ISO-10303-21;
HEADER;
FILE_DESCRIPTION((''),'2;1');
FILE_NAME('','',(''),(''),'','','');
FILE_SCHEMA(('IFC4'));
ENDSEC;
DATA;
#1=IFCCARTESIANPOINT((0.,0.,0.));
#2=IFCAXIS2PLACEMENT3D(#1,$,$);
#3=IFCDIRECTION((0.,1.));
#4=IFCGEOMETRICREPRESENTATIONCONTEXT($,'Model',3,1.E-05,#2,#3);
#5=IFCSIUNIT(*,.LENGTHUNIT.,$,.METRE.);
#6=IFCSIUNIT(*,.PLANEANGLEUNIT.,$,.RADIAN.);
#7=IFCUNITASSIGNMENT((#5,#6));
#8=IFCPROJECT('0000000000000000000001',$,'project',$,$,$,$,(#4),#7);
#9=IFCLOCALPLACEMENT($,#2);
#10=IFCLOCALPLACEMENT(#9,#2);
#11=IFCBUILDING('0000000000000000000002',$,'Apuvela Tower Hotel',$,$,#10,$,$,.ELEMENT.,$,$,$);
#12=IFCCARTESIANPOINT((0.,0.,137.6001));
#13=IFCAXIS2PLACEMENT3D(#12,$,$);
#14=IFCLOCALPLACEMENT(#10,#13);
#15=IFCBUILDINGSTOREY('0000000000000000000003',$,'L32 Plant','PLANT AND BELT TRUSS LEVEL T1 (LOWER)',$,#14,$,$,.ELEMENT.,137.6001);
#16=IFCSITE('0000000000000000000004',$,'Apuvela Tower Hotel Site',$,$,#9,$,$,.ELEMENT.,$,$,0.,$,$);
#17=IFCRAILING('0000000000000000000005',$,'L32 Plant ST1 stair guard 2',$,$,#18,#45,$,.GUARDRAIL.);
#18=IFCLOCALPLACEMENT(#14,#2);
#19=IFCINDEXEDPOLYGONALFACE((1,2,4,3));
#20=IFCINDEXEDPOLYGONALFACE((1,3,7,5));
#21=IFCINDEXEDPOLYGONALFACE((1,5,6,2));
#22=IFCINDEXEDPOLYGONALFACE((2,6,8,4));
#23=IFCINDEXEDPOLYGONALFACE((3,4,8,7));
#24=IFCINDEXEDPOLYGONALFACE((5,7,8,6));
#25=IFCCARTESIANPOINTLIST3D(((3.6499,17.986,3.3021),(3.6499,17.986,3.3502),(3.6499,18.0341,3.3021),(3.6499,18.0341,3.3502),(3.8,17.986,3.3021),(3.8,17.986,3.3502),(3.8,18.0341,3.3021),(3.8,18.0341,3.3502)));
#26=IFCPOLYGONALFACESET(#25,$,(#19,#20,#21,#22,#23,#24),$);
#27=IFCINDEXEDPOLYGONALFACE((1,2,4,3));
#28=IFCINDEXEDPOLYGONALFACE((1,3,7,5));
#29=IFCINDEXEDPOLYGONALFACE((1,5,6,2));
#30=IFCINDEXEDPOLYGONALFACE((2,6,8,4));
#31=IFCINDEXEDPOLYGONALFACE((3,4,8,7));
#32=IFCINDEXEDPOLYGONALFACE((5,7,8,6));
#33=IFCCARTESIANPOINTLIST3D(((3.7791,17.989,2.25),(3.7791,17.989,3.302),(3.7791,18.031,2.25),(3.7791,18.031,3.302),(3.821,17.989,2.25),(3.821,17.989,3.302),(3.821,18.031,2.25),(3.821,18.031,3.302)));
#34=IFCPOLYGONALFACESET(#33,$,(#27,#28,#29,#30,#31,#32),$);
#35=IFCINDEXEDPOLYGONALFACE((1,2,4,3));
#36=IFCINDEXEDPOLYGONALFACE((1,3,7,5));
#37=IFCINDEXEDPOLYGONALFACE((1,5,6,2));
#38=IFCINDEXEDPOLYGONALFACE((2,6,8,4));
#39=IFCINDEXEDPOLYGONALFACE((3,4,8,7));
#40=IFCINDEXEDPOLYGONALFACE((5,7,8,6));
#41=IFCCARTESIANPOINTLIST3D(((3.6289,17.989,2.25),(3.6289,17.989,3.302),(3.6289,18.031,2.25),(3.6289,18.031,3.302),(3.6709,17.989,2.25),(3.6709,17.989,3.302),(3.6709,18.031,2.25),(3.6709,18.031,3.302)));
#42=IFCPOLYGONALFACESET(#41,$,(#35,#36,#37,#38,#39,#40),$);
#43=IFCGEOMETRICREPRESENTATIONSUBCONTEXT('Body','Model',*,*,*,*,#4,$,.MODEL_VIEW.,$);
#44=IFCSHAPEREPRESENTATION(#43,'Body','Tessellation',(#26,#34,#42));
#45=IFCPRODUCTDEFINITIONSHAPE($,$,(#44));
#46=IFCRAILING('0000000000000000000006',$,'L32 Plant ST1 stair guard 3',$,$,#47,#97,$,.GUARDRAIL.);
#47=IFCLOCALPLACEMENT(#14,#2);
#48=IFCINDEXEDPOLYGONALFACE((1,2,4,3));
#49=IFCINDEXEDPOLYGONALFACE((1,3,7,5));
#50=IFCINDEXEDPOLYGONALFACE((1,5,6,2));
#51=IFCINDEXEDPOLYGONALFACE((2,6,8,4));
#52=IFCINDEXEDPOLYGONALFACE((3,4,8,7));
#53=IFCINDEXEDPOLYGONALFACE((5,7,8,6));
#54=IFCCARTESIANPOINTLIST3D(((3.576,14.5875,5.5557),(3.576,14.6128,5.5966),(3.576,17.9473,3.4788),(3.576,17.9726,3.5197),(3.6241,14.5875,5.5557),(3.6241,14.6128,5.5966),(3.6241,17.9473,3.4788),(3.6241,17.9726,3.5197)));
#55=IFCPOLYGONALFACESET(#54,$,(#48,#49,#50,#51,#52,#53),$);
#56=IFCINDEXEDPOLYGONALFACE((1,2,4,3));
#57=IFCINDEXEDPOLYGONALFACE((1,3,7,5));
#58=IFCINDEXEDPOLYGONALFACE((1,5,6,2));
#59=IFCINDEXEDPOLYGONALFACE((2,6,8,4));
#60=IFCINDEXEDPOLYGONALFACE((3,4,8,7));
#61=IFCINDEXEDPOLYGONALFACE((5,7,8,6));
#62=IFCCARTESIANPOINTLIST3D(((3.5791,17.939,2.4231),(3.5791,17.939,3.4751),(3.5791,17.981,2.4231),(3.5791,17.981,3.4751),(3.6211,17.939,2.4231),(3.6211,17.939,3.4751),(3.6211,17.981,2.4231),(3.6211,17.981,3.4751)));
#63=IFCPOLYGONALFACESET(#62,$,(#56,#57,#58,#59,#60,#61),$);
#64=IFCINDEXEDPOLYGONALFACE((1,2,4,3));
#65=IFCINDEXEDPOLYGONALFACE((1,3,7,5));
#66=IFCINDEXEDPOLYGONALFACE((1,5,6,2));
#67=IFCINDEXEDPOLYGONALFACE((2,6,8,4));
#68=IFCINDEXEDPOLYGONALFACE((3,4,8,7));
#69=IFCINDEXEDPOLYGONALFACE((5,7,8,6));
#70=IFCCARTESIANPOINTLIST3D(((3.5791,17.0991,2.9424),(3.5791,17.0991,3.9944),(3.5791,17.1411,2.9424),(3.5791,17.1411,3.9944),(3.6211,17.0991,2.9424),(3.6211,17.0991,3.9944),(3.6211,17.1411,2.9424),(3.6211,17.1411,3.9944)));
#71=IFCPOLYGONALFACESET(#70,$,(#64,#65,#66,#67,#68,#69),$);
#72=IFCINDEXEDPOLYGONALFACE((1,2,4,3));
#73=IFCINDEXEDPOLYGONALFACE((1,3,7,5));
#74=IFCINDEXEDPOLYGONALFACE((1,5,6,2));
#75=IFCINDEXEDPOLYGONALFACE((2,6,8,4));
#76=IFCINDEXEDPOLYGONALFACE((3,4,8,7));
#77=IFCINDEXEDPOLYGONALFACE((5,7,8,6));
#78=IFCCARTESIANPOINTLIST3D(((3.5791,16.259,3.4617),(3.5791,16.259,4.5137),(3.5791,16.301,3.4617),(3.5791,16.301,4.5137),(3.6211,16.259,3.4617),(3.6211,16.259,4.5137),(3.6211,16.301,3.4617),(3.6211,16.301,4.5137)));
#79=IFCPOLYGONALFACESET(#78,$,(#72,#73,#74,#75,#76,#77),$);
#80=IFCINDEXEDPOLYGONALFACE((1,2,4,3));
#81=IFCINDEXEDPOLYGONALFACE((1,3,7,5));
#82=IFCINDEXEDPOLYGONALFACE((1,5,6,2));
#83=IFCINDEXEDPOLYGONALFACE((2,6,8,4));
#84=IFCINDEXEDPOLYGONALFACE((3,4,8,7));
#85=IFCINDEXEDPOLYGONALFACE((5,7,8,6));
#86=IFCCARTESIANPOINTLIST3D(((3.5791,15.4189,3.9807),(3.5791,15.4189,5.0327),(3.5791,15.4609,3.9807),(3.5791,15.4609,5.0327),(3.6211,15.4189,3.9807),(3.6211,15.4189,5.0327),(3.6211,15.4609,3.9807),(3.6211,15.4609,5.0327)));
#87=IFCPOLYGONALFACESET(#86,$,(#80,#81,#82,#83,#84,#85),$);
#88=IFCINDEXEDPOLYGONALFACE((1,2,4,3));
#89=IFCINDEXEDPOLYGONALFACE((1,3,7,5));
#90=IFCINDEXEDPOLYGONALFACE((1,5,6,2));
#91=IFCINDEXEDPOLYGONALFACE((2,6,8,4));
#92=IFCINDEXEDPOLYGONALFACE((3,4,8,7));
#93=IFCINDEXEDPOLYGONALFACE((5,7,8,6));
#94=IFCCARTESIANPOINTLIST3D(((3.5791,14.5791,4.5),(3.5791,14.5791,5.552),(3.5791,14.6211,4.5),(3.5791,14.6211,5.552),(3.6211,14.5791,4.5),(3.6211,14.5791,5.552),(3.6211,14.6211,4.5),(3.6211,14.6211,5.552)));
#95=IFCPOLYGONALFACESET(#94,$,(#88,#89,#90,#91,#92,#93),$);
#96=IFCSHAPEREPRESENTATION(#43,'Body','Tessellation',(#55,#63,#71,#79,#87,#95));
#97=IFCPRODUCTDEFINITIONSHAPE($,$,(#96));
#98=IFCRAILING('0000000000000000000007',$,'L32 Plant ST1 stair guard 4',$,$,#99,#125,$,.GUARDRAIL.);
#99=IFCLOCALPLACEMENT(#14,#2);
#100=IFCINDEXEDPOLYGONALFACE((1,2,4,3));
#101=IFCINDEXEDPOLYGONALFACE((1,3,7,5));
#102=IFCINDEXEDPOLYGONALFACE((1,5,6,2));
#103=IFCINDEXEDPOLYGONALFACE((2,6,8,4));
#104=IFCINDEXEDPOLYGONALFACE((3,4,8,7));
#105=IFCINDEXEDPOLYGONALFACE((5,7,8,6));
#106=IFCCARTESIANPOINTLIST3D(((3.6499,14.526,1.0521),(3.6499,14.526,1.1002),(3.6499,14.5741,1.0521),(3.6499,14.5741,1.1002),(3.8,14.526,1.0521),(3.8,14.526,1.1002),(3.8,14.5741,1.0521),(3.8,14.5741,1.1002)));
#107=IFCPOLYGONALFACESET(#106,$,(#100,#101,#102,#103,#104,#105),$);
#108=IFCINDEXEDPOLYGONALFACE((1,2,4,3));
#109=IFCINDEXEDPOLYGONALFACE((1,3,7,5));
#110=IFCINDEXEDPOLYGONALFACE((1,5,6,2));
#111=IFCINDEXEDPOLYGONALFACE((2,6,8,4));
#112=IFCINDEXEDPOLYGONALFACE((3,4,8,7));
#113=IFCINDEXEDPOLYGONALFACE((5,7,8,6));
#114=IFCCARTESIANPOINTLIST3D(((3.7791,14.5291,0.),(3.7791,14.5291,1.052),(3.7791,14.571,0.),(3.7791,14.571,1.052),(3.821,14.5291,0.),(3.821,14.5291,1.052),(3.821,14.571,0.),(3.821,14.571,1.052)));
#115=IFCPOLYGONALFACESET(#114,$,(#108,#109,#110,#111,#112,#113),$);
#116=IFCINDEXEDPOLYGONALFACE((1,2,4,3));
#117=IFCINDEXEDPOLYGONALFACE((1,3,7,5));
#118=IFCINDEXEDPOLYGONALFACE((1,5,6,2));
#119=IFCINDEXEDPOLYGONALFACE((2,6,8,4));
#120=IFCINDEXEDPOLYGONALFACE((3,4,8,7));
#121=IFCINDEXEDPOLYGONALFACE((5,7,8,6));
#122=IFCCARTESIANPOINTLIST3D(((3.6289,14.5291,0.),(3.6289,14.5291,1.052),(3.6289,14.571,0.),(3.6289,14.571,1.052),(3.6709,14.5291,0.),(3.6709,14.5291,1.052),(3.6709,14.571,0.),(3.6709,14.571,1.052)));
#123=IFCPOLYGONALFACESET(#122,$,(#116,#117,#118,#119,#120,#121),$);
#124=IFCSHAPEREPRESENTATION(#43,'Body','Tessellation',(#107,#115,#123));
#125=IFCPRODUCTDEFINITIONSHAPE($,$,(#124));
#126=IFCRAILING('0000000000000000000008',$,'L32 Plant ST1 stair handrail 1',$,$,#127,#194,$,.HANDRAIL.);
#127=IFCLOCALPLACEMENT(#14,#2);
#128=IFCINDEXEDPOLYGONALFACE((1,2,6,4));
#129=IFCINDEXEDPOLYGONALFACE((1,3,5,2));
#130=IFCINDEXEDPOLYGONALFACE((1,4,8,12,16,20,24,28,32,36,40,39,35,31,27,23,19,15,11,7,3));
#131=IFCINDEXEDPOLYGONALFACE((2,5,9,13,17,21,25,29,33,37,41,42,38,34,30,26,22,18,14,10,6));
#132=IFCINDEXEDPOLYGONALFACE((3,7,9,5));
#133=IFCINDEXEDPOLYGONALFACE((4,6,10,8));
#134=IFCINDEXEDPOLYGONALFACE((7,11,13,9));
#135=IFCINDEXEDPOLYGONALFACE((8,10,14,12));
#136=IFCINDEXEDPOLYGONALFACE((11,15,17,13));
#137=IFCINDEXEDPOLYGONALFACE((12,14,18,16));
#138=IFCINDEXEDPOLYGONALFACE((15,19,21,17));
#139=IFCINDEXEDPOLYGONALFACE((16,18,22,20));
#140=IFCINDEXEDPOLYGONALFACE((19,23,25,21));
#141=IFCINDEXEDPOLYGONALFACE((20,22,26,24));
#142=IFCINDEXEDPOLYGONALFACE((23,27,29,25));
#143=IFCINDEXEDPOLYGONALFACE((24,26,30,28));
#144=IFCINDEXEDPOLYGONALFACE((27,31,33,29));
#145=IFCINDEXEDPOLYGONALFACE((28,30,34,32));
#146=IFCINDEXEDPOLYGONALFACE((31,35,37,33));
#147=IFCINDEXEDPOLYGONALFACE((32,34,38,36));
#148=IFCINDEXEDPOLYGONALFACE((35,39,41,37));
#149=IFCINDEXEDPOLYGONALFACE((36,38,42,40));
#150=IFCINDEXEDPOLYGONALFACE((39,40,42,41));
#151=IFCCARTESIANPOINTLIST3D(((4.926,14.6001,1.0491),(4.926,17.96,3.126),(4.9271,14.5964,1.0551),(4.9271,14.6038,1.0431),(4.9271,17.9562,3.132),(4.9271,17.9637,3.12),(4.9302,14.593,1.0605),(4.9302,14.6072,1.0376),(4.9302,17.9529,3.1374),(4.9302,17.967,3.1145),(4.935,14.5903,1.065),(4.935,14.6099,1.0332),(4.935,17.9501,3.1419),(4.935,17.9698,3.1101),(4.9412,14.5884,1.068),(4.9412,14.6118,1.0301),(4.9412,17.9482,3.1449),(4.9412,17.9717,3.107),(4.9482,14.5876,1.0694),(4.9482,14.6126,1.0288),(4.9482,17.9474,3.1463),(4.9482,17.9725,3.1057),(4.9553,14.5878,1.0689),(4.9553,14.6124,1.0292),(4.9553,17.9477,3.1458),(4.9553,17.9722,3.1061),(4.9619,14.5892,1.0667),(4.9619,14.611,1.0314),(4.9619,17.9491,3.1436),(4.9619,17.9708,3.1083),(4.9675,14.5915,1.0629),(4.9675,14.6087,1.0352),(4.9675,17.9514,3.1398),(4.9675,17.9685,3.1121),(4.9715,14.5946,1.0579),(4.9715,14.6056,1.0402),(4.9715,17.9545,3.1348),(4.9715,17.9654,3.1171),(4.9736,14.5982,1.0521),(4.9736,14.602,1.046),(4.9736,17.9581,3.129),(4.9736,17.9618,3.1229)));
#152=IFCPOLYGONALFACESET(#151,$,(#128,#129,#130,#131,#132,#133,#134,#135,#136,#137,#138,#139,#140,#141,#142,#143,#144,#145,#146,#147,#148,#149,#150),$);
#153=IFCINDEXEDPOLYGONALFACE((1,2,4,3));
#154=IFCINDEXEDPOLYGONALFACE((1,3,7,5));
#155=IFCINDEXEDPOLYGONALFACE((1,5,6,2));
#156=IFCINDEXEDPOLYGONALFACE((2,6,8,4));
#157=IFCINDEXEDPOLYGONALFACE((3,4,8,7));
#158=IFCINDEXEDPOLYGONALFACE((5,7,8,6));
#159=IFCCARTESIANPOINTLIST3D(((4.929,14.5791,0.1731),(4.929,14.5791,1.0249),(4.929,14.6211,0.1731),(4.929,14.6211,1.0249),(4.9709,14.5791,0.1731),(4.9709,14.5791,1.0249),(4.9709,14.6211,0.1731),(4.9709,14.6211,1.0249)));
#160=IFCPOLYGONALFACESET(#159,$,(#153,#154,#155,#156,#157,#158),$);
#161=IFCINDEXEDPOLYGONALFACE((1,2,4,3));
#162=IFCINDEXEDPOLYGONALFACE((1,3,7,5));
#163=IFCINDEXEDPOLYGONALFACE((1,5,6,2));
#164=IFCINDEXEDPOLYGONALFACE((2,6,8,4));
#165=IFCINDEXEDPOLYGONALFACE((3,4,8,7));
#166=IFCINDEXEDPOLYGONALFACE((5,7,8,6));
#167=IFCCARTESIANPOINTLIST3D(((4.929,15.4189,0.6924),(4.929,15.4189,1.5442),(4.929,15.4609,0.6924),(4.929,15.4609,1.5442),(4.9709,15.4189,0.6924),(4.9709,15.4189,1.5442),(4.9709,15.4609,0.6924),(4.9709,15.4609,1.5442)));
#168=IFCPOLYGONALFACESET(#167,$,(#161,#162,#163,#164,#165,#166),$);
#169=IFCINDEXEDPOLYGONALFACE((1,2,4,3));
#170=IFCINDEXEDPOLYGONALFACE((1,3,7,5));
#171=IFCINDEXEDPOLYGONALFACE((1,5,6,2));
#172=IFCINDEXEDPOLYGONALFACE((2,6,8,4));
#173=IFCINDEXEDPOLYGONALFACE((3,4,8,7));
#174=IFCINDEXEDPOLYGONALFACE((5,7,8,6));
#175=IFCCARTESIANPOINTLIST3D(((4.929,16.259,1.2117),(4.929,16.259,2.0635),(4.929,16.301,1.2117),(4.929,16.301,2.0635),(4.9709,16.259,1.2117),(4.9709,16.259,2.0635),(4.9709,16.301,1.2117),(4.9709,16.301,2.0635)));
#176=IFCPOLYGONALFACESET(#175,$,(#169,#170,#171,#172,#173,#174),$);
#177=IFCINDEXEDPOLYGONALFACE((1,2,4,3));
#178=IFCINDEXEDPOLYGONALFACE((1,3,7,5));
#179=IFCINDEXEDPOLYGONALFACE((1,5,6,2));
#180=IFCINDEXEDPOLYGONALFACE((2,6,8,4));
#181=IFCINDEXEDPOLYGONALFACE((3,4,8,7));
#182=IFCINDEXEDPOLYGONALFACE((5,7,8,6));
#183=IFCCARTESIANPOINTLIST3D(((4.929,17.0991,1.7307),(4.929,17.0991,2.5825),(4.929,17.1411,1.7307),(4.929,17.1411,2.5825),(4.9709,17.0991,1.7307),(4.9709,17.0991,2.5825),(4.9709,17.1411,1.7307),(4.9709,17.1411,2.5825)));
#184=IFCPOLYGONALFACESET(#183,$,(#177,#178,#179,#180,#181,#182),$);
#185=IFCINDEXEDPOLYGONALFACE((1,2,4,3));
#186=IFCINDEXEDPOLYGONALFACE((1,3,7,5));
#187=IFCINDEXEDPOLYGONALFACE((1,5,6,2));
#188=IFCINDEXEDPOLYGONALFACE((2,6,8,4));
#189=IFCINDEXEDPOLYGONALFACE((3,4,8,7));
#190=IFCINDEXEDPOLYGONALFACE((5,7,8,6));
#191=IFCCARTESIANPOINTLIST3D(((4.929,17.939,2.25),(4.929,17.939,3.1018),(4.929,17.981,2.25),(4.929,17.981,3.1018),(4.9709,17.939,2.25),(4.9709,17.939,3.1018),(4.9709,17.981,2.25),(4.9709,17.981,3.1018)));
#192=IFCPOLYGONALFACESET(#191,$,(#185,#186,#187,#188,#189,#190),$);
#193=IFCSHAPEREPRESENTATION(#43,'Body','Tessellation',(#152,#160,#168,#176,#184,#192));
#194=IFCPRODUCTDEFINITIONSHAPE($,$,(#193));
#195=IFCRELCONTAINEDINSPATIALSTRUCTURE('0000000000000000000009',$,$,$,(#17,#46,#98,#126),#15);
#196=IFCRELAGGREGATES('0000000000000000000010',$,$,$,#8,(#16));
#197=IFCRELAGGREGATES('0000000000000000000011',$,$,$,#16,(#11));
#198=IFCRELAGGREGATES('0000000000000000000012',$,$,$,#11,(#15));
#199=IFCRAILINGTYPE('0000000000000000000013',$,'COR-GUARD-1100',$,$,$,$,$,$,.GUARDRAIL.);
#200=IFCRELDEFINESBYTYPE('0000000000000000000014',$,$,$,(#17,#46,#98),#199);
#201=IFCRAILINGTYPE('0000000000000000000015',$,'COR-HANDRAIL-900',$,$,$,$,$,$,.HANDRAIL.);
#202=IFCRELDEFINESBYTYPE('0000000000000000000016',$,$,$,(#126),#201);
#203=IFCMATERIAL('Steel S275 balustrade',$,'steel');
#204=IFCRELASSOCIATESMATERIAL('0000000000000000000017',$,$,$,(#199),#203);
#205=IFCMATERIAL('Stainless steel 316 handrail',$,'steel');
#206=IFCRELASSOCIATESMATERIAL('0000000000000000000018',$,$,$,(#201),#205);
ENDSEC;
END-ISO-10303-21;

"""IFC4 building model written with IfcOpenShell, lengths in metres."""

from ifc_helpers import new_model, si_unit, direction, frame, origin, origin_2d, place, context, subcontext, project, spatial, rectangle, circle, extrude, material, type_object, element, save


model = new_model("IFC4")

# Units and contexts
model_context = context("Model", 3, precision=1e-05, world=origin(), true_north=direction((0.0, 1.0)))
body_context = subcontext(model_context, "Body", "Model", "MODEL_VIEW")
ifc_project = project(units=[si_unit("LENGTHUNIT", "METRE"), si_unit("PLANEANGLEUNIT", "RADIAN")], contexts=[model_context])

# Site, building, storey
site_placement = place(None, origin())
site = spatial("IfcSite", under=ifc_project, at=site_placement, Name="Apuvela Tower Hotel Site", CompositionType="ELEMENT", RefElevation=0.0)
building_placement = place(site_placement, origin())
building = spatial("IfcBuilding", under=site, at=building_placement, Name="Apuvela Tower Hotel", CompositionType="ELEMENT")
storey_placement = place(building_placement, frame((0.0, 0.0, 137.6001)))
storey = spatial("IfcBuildingStorey", under=building, at=storey_placement, Name="L32 Plant", Description="PLANT AND BELT TRUSS LEVEL T1 (LOWER)", CompositionType="ELEMENT", Elevation=137.6001)

# Railings
ifc_material_1 = material(Name="Steel S275 balustrade", Category="steel")
railing_type_1 = type_object("IfcRailingType", Name="COR-GUARD-1100", PredefinedType="GUARDRAIL", material=ifc_material_1)
railing_1_placement = place(storey_placement, frame((3.8, 18.01, 2.25)))
element("IfcRailing", 1, at=railing_1_placement, inside=storey, type_object=railing_type_1, Name="L32 Plant ST1 stair guard 2", PredefinedType="GUARDRAIL", context=body_context, shape_type="SweptSolid", body=[
    extrude(rectangle(XDim=0.0481, YDim=0.0481, at=origin_2d()), frame((0.0, 0.0, 1.0762), z_axis=(-1.0, 0.0, 0.0), x_axis=(0.0, -1.0, 0.0)), (0.0, 0.0, 1.0), 0.1501),
    extrude(rectangle(XDim=0.042, YDim=0.042, at=origin_2d()), origin(), (0.0, 0.0, 1.0), 1.052),
    extrude(rectangle(XDim=0.042, YDim=0.042, at=origin_2d()), frame((-0.1501, 0.0, 0.0)), (0.0, 0.0, 1.0), 1.052),
])
railing_2_placement = place(storey_placement, frame((3.6001, 17.96, 2.4231)))
element("IfcRailing", 2, at=railing_2_placement, inside=storey, type_object=railing_type_1, Name="L32 Plant ST1 stair guard 3", PredefinedType="GUARDRAIL", context=body_context, shape_type="SweptSolid", body=[
    extrude(rectangle(XDim=0.0481, YDim=0.0481, at=origin_2d()), frame((0.0, 0.0, 1.0762), z_axis=(0.0, -0.850606, 0.525803), x_axis=(1.0, 0.0, 0.0)), (0.0, 0.0, 1.0), 3.95),
    extrude(rectangle(XDim=0.042, YDim=0.042, at=origin_2d()), origin(), (0.0, 0.0, 1.0), 1.052),
    extrude(rectangle(XDim=0.042, YDim=0.042, at=origin_2d()), frame((0.0, -0.8398, 0.5193)), (0.0, 0.0, 1.0), 1.052),
    extrude(rectangle(XDim=0.042, YDim=0.042, at=origin_2d()), frame((0.0, -1.6799, 1.0386)), (0.0, 0.0, 1.0), 1.052),
    extrude(rectangle(XDim=0.042, YDim=0.042, at=origin_2d()), frame((0.0, -2.52, 1.5576)), (0.0, 0.0, 1.0), 1.052),
    extrude(rectangle(XDim=0.042, YDim=0.042, at=origin_2d()), frame((0.0, -3.3599, 2.0769)), (0.0, 0.0, 1.0), 1.052),
])
railing_3_placement = place(storey_placement, frame((3.8, 14.55, 0.0)))
element("IfcRailing", 3, at=railing_3_placement, inside=storey, type_object=railing_type_1, Name="L32 Plant ST1 stair guard 4", PredefinedType="GUARDRAIL", context=body_context, shape_type="SweptSolid", body=[
    extrude(rectangle(XDim=0.0481, YDim=0.0481, at=origin_2d()), frame((0.0, 0.0, 1.0762), z_axis=(-1.0, 0.0, 0.0), x_axis=(0.0, -1.0, 0.0)), (0.0, 0.0, 1.0), 0.1501),
    extrude(rectangle(XDim=0.042, YDim=0.042, at=origin_2d()), origin(), (0.0, 0.0, 1.0), 1.052),
    extrude(rectangle(XDim=0.042, YDim=0.042, at=origin_2d()), frame((-0.1501, 0.0, 0.0)), (0.0, 0.0, 1.0), 1.052),
])
ifc_material_2 = material(Name="Stainless steel 316 handrail", Category="steel")
railing_type_2 = type_object("IfcRailingType", Name="COR-HANDRAIL-900", PredefinedType="HANDRAIL", material=ifc_material_2)
railing_4_placement = place(storey_placement, frame((4.95, 14.6001, 0.1731)))
element("IfcRailing", 4, at=railing_4_placement, inside=storey, type_object=railing_type_2, Name="L32 Plant ST1 stair handrail 1", PredefinedType="HANDRAIL", context=body_context, shape_type="SweptSolid", body=[
    extrude(circle(Radius=0.0239, at=origin_2d()), frame((0.0, 0.0, 0.876), z_axis=(0.0, 0.850606, 0.525803), x_axis=(-1.0, 0.0, 0.0)), (0.0, 0.0, 1.0), 3.95),
    extrude(rectangle(XDim=0.042, YDim=0.042, at=origin_2d()), origin(), (0.0, 0.0, 1.0), 0.8518),
    extrude(rectangle(XDim=0.042, YDim=0.042, at=origin_2d()), frame((0.0, 0.8398, 0.5193)), (0.0, 0.0, 1.0), 0.8518),
    extrude(rectangle(XDim=0.042, YDim=0.042, at=origin_2d()), frame((0.0, 1.6799, 1.0386)), (0.0, 0.0, 1.0), 0.8518),
    extrude(rectangle(XDim=0.042, YDim=0.042, at=origin_2d()), frame((0.0, 2.52, 1.5576)), (0.0, 0.0, 1.0), 0.8518),
    extrude(rectangle(XDim=0.042, YDim=0.042, at=origin_2d()), frame((0.0, 3.3599, 2.0769)), (0.0, 0.0, 1.0), 0.8518),
])

save(model, "model.ifc")
